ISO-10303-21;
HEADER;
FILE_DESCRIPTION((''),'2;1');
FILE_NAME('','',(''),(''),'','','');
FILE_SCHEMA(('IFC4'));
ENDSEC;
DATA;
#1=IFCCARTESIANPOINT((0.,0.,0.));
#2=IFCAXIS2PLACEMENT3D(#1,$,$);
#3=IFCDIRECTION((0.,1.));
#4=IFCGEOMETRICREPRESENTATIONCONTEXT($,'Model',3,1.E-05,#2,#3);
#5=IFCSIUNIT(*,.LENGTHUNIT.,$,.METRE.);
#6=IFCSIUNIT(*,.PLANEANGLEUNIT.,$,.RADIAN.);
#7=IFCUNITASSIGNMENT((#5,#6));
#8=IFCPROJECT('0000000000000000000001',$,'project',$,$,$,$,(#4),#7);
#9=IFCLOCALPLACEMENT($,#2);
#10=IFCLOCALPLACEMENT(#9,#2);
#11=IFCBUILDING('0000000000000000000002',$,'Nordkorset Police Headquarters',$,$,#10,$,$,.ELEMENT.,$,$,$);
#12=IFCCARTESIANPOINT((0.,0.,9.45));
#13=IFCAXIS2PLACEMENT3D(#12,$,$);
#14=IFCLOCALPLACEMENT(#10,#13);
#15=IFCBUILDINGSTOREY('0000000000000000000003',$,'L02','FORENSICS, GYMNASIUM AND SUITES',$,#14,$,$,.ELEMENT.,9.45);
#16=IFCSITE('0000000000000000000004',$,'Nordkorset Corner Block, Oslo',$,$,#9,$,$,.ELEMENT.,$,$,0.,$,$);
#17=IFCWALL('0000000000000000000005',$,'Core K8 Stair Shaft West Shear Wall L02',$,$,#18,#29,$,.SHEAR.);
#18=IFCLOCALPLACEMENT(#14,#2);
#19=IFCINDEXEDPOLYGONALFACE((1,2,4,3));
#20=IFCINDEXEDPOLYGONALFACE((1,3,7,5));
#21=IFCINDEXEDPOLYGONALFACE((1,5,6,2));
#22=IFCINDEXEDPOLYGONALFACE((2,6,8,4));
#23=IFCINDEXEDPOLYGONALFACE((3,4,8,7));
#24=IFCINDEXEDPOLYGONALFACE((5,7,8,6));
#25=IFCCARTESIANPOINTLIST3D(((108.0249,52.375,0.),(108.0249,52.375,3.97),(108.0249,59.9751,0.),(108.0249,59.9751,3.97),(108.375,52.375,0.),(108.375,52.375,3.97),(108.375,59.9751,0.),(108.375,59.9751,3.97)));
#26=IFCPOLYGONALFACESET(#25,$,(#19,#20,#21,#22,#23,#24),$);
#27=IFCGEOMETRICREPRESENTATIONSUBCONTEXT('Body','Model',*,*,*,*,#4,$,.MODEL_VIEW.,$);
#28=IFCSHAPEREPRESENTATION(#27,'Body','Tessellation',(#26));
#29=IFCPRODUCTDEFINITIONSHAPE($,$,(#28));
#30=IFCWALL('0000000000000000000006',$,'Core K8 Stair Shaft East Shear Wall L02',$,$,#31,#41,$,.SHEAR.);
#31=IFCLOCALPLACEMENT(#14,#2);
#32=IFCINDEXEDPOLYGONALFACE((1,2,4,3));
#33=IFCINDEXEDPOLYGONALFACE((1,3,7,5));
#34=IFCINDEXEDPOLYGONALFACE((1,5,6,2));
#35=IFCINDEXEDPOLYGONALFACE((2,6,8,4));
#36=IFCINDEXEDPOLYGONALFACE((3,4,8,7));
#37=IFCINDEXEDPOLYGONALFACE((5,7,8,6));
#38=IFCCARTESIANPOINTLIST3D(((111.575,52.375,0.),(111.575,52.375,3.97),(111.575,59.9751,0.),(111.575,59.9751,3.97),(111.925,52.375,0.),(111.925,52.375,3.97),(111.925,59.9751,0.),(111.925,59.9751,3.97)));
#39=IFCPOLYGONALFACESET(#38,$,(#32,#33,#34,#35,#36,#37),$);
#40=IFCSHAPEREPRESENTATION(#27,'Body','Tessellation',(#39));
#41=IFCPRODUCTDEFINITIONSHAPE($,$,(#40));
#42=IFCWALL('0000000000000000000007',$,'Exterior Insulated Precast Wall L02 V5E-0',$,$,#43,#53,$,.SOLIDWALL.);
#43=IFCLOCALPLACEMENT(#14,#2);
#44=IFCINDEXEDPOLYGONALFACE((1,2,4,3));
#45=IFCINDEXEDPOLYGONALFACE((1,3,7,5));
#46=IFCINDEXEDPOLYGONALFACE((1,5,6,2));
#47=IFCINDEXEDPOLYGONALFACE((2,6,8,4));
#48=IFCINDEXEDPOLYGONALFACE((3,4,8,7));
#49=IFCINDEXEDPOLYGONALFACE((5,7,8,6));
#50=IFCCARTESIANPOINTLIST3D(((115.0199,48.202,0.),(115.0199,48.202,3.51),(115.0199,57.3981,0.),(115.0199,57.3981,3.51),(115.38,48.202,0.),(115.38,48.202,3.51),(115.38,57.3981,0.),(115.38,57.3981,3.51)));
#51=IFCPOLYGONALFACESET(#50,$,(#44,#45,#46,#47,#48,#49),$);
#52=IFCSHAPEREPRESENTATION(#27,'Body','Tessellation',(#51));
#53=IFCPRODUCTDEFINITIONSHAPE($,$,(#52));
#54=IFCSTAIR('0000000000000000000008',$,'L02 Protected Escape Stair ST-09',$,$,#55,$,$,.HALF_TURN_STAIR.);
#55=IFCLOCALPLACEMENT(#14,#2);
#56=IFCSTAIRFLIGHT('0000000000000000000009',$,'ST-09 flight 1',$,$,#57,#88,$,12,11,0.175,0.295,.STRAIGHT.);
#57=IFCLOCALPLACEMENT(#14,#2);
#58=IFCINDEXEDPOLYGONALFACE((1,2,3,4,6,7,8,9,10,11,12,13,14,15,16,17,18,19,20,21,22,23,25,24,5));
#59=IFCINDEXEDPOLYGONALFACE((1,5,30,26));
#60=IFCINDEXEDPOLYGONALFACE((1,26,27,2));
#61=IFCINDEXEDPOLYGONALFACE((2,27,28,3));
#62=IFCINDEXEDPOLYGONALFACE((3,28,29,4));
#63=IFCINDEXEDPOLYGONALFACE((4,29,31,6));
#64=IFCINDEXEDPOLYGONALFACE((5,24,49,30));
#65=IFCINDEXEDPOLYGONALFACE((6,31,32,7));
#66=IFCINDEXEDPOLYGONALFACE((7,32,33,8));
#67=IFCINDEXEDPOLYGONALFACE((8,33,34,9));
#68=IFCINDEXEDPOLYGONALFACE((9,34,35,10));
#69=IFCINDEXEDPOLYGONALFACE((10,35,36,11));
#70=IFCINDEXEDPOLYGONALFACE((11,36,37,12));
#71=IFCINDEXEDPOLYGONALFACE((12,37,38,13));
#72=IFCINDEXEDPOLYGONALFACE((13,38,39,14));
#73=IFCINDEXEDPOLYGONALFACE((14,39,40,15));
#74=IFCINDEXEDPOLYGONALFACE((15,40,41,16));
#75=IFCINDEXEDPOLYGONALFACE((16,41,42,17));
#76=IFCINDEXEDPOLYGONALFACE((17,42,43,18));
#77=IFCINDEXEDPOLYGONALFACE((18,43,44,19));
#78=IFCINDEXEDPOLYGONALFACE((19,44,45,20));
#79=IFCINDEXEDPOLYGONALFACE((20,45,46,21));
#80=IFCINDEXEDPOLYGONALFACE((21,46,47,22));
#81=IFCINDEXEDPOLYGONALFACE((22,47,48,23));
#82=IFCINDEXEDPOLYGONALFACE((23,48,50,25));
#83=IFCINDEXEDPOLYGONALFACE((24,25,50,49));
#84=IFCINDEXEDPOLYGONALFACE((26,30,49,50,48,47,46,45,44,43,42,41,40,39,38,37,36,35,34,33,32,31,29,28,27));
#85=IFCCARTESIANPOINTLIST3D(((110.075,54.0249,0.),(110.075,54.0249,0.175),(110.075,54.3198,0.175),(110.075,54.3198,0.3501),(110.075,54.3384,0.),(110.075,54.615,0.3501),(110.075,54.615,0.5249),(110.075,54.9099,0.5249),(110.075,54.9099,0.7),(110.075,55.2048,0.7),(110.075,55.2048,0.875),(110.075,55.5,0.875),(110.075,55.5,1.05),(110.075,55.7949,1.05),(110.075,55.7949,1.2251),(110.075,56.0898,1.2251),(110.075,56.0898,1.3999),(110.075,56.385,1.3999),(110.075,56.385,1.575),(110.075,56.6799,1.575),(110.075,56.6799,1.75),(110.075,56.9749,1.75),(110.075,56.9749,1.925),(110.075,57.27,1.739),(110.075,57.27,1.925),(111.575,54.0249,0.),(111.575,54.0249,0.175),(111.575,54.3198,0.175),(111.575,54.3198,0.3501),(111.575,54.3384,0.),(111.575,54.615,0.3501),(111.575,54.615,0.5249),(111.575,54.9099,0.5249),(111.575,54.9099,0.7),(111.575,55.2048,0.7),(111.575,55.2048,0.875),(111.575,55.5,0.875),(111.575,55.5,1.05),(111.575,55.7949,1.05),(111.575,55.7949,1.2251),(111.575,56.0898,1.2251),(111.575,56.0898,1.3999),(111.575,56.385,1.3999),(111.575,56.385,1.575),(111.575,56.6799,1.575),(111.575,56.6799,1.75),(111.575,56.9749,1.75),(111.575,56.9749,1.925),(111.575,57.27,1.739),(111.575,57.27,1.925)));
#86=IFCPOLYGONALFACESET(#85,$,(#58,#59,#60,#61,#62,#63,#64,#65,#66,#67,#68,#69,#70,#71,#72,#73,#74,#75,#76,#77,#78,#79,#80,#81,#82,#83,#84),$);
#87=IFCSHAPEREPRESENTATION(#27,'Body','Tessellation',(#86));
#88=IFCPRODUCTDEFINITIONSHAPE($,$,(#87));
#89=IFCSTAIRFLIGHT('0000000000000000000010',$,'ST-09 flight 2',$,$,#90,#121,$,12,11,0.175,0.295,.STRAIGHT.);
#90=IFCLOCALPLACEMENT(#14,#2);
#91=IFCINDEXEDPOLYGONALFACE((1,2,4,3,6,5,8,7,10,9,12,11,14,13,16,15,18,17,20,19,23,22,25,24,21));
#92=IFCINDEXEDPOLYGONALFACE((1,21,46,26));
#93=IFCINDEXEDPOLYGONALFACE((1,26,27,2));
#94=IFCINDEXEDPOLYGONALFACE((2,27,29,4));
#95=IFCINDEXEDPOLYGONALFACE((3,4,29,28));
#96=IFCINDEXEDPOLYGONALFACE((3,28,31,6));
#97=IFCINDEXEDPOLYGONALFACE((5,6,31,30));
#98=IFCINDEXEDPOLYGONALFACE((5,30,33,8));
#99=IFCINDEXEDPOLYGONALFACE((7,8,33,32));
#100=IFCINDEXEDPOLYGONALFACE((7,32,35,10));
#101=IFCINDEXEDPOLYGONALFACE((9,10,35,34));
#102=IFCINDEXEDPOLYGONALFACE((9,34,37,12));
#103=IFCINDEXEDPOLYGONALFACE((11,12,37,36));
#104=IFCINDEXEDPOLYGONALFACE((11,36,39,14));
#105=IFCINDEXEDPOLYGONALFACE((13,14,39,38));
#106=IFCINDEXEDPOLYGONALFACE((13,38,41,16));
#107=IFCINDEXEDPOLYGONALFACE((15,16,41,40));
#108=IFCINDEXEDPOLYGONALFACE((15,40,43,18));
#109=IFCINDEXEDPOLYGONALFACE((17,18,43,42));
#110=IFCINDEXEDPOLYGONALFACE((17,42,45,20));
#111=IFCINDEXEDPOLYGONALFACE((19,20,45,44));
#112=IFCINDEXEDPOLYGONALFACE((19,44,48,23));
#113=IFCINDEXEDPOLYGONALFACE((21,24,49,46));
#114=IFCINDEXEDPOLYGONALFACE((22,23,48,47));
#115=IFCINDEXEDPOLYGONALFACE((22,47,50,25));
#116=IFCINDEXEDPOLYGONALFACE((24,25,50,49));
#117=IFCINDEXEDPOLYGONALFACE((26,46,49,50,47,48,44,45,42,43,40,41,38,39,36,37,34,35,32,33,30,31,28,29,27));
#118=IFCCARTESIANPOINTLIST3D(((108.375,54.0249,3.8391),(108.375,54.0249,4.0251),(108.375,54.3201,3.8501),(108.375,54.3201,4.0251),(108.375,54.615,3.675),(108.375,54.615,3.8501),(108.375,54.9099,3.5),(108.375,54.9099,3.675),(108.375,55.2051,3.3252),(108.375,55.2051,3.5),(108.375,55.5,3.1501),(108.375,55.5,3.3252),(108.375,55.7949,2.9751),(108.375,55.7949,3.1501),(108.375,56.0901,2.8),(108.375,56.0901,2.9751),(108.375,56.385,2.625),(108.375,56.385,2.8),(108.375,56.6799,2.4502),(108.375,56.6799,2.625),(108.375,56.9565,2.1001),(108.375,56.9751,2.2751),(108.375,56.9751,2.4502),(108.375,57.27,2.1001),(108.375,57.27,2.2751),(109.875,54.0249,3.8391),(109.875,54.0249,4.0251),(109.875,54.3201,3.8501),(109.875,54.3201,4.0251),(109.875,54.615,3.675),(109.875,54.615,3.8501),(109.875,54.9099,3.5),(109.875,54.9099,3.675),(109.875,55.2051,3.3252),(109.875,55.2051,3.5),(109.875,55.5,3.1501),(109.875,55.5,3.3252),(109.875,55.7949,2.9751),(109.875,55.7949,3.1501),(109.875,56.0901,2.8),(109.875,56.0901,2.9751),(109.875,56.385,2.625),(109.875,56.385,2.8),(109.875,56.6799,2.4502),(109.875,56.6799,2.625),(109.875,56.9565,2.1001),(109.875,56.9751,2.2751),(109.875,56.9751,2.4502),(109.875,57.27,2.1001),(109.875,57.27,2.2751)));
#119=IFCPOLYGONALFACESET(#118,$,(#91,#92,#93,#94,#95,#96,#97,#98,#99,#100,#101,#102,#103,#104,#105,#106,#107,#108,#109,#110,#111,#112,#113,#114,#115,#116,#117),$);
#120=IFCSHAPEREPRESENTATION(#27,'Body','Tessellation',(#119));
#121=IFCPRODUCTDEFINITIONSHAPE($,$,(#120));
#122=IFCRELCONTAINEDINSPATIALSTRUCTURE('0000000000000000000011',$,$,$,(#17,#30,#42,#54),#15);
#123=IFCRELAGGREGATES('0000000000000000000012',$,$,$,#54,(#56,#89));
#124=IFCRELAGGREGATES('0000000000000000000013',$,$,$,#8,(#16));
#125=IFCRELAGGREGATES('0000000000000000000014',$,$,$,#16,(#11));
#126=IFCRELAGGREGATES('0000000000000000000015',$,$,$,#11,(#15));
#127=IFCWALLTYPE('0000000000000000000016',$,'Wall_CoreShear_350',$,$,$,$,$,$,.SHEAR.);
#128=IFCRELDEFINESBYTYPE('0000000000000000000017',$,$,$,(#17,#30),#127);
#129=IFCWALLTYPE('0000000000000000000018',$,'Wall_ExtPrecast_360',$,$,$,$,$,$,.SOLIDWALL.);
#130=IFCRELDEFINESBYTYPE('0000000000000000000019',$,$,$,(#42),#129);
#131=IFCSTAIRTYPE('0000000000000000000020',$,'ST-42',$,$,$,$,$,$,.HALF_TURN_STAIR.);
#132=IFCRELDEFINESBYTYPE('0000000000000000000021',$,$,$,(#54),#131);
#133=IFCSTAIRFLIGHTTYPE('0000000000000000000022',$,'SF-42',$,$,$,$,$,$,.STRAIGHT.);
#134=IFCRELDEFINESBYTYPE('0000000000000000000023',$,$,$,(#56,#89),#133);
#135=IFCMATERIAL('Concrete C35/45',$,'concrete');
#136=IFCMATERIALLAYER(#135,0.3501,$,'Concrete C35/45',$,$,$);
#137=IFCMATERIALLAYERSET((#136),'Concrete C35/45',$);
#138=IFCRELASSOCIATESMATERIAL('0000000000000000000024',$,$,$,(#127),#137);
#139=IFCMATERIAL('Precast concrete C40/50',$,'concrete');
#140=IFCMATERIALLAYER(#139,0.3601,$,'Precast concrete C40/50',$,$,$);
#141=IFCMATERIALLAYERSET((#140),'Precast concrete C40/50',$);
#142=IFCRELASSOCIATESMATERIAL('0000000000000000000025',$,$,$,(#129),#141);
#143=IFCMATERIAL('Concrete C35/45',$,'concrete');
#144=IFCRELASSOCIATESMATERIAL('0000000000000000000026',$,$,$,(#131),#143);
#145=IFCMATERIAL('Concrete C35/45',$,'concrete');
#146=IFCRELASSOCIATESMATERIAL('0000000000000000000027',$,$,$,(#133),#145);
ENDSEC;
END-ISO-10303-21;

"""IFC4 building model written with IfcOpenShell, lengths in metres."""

from ifc_helpers import new_model, si_unit, direction, frame, frame_2d, origin, place, context, subcontext, project, spatial, polyline, rectangle, outline, extrude, material, layer, layer_set, type_object, element, aggregate, save


model = new_model("IFC4")

# Units and contexts
model_context = context("Model", 3, precision=1e-05, world=origin(), true_north=direction((0.0, 1.0)))
body_context = subcontext(model_context, "Body", "Model", "MODEL_VIEW")
ifc_project = project(units=[si_unit("LENGTHUNIT", "METRE"), si_unit("PLANEANGLEUNIT", "RADIAN")], contexts=[model_context])

# Site, building, storey
site_placement = place(None, origin())
site = spatial("IfcSite", under=ifc_project, at=site_placement, Name="Nordkorset Corner Block, Oslo", CompositionType="ELEMENT", RefElevation=0.0)
building_placement = place(site_placement, origin())
building = spatial("IfcBuilding", under=site, at=building_placement, Name="Nordkorset Police Headquarters", CompositionType="ELEMENT")
storey_placement = place(building_placement, frame((0.0, 0.0, 9.45)))
storey = spatial("IfcBuildingStorey", under=building, at=storey_placement, Name="L02", Description="FORENSICS, GYMNASIUM AND SUITES", CompositionType="ELEMENT", Elevation=9.45)

# Shared definitions
ifc_material_1 = material(Name="Concrete C35/45", Category="concrete")
ifc_layer_1 = layer(ifc_material_1, 0.3501, Name="Concrete C35/45")
ifc_layer_set_1 = layer_set([ifc_layer_1], Name="Concrete C35/45")
wall_type_1 = type_object("IfcWallType", Name="Wall_CoreShear_350", PredefinedType="SHEAR", material=ifc_layer_set_1)

# Walls
for number, where, z_axis, x_axis, name in (
    (1, (108.2, 52.375, 0.0), (0.0, 0.0, 1.0), (0.0, 1.0, 0.0), "Core K8 Stair Shaft West Shear Wall L02"),
    (2, (111.75, 52.375, 0.0), (0.0, 0.0, 1.0), (0.0, 1.0, 0.0), "Core K8 Stair Shaft East Shear Wall L02"),
):
    element("IfcWall", number, at=place(storey_placement, frame(where, z_axis=z_axis, x_axis=x_axis)), inside=storey, type_object=wall_type_1, Name=name, PredefinedType="SHEAR", context=body_context, shape_type="SweptSolid", body=[
        extrude(rectangle(XDim=7.6001, YDim=0.3501, at=frame_2d((3.8, 0.0))), origin(), (0.0, 0.0, 1.0), 3.97),
    ])
ifc_material_2 = material(Name="Precast concrete C40/50", Category="concrete")
ifc_layer_2 = layer(ifc_material_2, 0.3601, Name="Precast concrete C40/50")
ifc_layer_set_2 = layer_set([ifc_layer_2], Name="Precast concrete C40/50")
wall_type_2 = type_object("IfcWallType", Name="Wall_ExtPrecast_360", PredefinedType="SOLIDWALL", material=ifc_layer_set_2)
wall_1_placement = place(storey_placement, frame((115.2, 48.2019, 0.0), z_axis=(0.0, 0.0, 1.0), x_axis=(0.0, 1.0, 0.0)))
element("IfcWall", 3, at=wall_1_placement, inside=storey, type_object=wall_type_2, Name="Exterior Insulated Precast Wall L02 V5E-0", PredefinedType="SOLIDWALL", context=body_context, shape_type="SweptSolid", body=[
    extrude(rectangle(XDim=9.196, YDim=0.3601, at=frame_2d((4.5981, 0.0))), origin(), (0.0, 0.0, 1.0), 3.51),
])

# Stair, stair flights
ifc_material_3 = material(Name="Concrete C35/45", Category="concrete")
stair_type = type_object("IfcStairType", Name="ST-42", PredefinedType="HALF_TURN_STAIR", material=ifc_material_3)
stair_placement = place(storey_placement, origin())
stair = element("IfcStair", 4, at=stair_placement, inside=storey, type_object=stair_type, Name="L02 Protected Escape Stair ST-09", PredefinedType="HALF_TURN_STAIR")
ifc_material_4 = material(Name="Concrete C35/45", Category="concrete")
stair_flight_type = type_object("IfcStairFlightType", Name="SF-42", PredefinedType="STRAIGHT", material=ifc_material_4)
stair_flight_1_placement = place(storey_placement, frame((110.825, 54.0249, 0.0), z_axis=(0.0, 0.0, 1.0), x_axis=(0.0, 1.0, 0.0)))
stair_flight_1 = element("IfcStairFlight", 5, at=stair_flight_1_placement, type_object=stair_flight_type, Name="ST-09 flight 1", NumberOfRisers=12, NumberOfTreads=11, PredefinedType="STRAIGHT", RiserHeight=0.175, TreadLength=0.295, context=body_context, shape_type="SweptSolid", body=[
    extrude(outline(polyline([(0.0, 0.0), (0.0, 0.175), (0.2949, 0.175), (0.2949, 0.3501), (0.5901, 0.3501), (0.5901, 0.5249), (0.885, 0.5249), (0.885, 0.7), (1.1799, 0.7), (1.1799, 0.875), (1.4751, 0.875), (1.4751, 1.05), (1.77, 1.05), (1.77, 1.2251), (2.0649, 1.2251), (2.0649, 1.3999), (2.3601, 1.3999), (2.3601, 1.575), (2.655, 1.575), (2.655, 1.75), (2.95, 1.75), (2.95, 1.925), (3.2451, 1.925), (3.2451, 2.1001), (3.2451, 1.739), (0.3135, 0.0), (0.0, 0.0)])), frame((0.0, 0.75, 0.0), z_axis=(0.0, -1.0, 0.0), x_axis=(1.0, 0.0, 0.0)), (0.0, 0.0, 1.0), 1.5),
])
stair_flight_2_placement = place(storey_placement, frame((109.125, 57.27, 2.1001), z_axis=(0.0, 0.0, 1.0), x_axis=(0.0, -1.0, 0.0)))
stair_flight_2 = element("IfcStairFlight", 6, at=stair_flight_2_placement, type_object=stair_flight_type, Name="ST-09 flight 2", NumberOfRisers=12, NumberOfTreads=11, PredefinedType="STRAIGHT", RiserHeight=0.175, TreadLength=0.295, context=body_context, shape_type="SweptSolid", body=[
    extrude(outline(polyline([(0.0, 0.0), (0.0, 0.175), (0.2949, 0.175), (0.2949, 0.3501), (0.5901, 0.3501), (0.5901, 0.5249), (0.885, 0.5249), (0.885, 0.7), (1.1799, 0.7), (1.1799, 0.875), (1.4751, 0.875), (1.4751, 1.05), (1.77, 1.05), (1.77, 1.2251), (2.0649, 1.2251), (2.0649, 1.3999), (2.3601, 1.3999), (2.3601, 1.575), (2.655, 1.575), (2.655, 1.75), (2.95, 1.75), (2.95, 1.925), (3.2451, 1.925), (3.2451, 2.1001), (3.2451, 1.739), (0.3135, 0.0), (0.0, 0.0)])), frame((0.0, 0.75, 0.0), z_axis=(0.0, -1.0, 0.0), x_axis=(1.0, 0.0, 0.0)), (0.0, 0.0, 1.0), 1.5),
])
aggregate(stair, [stair_flight_1, stair_flight_2])

save(model, "model.ifc")
